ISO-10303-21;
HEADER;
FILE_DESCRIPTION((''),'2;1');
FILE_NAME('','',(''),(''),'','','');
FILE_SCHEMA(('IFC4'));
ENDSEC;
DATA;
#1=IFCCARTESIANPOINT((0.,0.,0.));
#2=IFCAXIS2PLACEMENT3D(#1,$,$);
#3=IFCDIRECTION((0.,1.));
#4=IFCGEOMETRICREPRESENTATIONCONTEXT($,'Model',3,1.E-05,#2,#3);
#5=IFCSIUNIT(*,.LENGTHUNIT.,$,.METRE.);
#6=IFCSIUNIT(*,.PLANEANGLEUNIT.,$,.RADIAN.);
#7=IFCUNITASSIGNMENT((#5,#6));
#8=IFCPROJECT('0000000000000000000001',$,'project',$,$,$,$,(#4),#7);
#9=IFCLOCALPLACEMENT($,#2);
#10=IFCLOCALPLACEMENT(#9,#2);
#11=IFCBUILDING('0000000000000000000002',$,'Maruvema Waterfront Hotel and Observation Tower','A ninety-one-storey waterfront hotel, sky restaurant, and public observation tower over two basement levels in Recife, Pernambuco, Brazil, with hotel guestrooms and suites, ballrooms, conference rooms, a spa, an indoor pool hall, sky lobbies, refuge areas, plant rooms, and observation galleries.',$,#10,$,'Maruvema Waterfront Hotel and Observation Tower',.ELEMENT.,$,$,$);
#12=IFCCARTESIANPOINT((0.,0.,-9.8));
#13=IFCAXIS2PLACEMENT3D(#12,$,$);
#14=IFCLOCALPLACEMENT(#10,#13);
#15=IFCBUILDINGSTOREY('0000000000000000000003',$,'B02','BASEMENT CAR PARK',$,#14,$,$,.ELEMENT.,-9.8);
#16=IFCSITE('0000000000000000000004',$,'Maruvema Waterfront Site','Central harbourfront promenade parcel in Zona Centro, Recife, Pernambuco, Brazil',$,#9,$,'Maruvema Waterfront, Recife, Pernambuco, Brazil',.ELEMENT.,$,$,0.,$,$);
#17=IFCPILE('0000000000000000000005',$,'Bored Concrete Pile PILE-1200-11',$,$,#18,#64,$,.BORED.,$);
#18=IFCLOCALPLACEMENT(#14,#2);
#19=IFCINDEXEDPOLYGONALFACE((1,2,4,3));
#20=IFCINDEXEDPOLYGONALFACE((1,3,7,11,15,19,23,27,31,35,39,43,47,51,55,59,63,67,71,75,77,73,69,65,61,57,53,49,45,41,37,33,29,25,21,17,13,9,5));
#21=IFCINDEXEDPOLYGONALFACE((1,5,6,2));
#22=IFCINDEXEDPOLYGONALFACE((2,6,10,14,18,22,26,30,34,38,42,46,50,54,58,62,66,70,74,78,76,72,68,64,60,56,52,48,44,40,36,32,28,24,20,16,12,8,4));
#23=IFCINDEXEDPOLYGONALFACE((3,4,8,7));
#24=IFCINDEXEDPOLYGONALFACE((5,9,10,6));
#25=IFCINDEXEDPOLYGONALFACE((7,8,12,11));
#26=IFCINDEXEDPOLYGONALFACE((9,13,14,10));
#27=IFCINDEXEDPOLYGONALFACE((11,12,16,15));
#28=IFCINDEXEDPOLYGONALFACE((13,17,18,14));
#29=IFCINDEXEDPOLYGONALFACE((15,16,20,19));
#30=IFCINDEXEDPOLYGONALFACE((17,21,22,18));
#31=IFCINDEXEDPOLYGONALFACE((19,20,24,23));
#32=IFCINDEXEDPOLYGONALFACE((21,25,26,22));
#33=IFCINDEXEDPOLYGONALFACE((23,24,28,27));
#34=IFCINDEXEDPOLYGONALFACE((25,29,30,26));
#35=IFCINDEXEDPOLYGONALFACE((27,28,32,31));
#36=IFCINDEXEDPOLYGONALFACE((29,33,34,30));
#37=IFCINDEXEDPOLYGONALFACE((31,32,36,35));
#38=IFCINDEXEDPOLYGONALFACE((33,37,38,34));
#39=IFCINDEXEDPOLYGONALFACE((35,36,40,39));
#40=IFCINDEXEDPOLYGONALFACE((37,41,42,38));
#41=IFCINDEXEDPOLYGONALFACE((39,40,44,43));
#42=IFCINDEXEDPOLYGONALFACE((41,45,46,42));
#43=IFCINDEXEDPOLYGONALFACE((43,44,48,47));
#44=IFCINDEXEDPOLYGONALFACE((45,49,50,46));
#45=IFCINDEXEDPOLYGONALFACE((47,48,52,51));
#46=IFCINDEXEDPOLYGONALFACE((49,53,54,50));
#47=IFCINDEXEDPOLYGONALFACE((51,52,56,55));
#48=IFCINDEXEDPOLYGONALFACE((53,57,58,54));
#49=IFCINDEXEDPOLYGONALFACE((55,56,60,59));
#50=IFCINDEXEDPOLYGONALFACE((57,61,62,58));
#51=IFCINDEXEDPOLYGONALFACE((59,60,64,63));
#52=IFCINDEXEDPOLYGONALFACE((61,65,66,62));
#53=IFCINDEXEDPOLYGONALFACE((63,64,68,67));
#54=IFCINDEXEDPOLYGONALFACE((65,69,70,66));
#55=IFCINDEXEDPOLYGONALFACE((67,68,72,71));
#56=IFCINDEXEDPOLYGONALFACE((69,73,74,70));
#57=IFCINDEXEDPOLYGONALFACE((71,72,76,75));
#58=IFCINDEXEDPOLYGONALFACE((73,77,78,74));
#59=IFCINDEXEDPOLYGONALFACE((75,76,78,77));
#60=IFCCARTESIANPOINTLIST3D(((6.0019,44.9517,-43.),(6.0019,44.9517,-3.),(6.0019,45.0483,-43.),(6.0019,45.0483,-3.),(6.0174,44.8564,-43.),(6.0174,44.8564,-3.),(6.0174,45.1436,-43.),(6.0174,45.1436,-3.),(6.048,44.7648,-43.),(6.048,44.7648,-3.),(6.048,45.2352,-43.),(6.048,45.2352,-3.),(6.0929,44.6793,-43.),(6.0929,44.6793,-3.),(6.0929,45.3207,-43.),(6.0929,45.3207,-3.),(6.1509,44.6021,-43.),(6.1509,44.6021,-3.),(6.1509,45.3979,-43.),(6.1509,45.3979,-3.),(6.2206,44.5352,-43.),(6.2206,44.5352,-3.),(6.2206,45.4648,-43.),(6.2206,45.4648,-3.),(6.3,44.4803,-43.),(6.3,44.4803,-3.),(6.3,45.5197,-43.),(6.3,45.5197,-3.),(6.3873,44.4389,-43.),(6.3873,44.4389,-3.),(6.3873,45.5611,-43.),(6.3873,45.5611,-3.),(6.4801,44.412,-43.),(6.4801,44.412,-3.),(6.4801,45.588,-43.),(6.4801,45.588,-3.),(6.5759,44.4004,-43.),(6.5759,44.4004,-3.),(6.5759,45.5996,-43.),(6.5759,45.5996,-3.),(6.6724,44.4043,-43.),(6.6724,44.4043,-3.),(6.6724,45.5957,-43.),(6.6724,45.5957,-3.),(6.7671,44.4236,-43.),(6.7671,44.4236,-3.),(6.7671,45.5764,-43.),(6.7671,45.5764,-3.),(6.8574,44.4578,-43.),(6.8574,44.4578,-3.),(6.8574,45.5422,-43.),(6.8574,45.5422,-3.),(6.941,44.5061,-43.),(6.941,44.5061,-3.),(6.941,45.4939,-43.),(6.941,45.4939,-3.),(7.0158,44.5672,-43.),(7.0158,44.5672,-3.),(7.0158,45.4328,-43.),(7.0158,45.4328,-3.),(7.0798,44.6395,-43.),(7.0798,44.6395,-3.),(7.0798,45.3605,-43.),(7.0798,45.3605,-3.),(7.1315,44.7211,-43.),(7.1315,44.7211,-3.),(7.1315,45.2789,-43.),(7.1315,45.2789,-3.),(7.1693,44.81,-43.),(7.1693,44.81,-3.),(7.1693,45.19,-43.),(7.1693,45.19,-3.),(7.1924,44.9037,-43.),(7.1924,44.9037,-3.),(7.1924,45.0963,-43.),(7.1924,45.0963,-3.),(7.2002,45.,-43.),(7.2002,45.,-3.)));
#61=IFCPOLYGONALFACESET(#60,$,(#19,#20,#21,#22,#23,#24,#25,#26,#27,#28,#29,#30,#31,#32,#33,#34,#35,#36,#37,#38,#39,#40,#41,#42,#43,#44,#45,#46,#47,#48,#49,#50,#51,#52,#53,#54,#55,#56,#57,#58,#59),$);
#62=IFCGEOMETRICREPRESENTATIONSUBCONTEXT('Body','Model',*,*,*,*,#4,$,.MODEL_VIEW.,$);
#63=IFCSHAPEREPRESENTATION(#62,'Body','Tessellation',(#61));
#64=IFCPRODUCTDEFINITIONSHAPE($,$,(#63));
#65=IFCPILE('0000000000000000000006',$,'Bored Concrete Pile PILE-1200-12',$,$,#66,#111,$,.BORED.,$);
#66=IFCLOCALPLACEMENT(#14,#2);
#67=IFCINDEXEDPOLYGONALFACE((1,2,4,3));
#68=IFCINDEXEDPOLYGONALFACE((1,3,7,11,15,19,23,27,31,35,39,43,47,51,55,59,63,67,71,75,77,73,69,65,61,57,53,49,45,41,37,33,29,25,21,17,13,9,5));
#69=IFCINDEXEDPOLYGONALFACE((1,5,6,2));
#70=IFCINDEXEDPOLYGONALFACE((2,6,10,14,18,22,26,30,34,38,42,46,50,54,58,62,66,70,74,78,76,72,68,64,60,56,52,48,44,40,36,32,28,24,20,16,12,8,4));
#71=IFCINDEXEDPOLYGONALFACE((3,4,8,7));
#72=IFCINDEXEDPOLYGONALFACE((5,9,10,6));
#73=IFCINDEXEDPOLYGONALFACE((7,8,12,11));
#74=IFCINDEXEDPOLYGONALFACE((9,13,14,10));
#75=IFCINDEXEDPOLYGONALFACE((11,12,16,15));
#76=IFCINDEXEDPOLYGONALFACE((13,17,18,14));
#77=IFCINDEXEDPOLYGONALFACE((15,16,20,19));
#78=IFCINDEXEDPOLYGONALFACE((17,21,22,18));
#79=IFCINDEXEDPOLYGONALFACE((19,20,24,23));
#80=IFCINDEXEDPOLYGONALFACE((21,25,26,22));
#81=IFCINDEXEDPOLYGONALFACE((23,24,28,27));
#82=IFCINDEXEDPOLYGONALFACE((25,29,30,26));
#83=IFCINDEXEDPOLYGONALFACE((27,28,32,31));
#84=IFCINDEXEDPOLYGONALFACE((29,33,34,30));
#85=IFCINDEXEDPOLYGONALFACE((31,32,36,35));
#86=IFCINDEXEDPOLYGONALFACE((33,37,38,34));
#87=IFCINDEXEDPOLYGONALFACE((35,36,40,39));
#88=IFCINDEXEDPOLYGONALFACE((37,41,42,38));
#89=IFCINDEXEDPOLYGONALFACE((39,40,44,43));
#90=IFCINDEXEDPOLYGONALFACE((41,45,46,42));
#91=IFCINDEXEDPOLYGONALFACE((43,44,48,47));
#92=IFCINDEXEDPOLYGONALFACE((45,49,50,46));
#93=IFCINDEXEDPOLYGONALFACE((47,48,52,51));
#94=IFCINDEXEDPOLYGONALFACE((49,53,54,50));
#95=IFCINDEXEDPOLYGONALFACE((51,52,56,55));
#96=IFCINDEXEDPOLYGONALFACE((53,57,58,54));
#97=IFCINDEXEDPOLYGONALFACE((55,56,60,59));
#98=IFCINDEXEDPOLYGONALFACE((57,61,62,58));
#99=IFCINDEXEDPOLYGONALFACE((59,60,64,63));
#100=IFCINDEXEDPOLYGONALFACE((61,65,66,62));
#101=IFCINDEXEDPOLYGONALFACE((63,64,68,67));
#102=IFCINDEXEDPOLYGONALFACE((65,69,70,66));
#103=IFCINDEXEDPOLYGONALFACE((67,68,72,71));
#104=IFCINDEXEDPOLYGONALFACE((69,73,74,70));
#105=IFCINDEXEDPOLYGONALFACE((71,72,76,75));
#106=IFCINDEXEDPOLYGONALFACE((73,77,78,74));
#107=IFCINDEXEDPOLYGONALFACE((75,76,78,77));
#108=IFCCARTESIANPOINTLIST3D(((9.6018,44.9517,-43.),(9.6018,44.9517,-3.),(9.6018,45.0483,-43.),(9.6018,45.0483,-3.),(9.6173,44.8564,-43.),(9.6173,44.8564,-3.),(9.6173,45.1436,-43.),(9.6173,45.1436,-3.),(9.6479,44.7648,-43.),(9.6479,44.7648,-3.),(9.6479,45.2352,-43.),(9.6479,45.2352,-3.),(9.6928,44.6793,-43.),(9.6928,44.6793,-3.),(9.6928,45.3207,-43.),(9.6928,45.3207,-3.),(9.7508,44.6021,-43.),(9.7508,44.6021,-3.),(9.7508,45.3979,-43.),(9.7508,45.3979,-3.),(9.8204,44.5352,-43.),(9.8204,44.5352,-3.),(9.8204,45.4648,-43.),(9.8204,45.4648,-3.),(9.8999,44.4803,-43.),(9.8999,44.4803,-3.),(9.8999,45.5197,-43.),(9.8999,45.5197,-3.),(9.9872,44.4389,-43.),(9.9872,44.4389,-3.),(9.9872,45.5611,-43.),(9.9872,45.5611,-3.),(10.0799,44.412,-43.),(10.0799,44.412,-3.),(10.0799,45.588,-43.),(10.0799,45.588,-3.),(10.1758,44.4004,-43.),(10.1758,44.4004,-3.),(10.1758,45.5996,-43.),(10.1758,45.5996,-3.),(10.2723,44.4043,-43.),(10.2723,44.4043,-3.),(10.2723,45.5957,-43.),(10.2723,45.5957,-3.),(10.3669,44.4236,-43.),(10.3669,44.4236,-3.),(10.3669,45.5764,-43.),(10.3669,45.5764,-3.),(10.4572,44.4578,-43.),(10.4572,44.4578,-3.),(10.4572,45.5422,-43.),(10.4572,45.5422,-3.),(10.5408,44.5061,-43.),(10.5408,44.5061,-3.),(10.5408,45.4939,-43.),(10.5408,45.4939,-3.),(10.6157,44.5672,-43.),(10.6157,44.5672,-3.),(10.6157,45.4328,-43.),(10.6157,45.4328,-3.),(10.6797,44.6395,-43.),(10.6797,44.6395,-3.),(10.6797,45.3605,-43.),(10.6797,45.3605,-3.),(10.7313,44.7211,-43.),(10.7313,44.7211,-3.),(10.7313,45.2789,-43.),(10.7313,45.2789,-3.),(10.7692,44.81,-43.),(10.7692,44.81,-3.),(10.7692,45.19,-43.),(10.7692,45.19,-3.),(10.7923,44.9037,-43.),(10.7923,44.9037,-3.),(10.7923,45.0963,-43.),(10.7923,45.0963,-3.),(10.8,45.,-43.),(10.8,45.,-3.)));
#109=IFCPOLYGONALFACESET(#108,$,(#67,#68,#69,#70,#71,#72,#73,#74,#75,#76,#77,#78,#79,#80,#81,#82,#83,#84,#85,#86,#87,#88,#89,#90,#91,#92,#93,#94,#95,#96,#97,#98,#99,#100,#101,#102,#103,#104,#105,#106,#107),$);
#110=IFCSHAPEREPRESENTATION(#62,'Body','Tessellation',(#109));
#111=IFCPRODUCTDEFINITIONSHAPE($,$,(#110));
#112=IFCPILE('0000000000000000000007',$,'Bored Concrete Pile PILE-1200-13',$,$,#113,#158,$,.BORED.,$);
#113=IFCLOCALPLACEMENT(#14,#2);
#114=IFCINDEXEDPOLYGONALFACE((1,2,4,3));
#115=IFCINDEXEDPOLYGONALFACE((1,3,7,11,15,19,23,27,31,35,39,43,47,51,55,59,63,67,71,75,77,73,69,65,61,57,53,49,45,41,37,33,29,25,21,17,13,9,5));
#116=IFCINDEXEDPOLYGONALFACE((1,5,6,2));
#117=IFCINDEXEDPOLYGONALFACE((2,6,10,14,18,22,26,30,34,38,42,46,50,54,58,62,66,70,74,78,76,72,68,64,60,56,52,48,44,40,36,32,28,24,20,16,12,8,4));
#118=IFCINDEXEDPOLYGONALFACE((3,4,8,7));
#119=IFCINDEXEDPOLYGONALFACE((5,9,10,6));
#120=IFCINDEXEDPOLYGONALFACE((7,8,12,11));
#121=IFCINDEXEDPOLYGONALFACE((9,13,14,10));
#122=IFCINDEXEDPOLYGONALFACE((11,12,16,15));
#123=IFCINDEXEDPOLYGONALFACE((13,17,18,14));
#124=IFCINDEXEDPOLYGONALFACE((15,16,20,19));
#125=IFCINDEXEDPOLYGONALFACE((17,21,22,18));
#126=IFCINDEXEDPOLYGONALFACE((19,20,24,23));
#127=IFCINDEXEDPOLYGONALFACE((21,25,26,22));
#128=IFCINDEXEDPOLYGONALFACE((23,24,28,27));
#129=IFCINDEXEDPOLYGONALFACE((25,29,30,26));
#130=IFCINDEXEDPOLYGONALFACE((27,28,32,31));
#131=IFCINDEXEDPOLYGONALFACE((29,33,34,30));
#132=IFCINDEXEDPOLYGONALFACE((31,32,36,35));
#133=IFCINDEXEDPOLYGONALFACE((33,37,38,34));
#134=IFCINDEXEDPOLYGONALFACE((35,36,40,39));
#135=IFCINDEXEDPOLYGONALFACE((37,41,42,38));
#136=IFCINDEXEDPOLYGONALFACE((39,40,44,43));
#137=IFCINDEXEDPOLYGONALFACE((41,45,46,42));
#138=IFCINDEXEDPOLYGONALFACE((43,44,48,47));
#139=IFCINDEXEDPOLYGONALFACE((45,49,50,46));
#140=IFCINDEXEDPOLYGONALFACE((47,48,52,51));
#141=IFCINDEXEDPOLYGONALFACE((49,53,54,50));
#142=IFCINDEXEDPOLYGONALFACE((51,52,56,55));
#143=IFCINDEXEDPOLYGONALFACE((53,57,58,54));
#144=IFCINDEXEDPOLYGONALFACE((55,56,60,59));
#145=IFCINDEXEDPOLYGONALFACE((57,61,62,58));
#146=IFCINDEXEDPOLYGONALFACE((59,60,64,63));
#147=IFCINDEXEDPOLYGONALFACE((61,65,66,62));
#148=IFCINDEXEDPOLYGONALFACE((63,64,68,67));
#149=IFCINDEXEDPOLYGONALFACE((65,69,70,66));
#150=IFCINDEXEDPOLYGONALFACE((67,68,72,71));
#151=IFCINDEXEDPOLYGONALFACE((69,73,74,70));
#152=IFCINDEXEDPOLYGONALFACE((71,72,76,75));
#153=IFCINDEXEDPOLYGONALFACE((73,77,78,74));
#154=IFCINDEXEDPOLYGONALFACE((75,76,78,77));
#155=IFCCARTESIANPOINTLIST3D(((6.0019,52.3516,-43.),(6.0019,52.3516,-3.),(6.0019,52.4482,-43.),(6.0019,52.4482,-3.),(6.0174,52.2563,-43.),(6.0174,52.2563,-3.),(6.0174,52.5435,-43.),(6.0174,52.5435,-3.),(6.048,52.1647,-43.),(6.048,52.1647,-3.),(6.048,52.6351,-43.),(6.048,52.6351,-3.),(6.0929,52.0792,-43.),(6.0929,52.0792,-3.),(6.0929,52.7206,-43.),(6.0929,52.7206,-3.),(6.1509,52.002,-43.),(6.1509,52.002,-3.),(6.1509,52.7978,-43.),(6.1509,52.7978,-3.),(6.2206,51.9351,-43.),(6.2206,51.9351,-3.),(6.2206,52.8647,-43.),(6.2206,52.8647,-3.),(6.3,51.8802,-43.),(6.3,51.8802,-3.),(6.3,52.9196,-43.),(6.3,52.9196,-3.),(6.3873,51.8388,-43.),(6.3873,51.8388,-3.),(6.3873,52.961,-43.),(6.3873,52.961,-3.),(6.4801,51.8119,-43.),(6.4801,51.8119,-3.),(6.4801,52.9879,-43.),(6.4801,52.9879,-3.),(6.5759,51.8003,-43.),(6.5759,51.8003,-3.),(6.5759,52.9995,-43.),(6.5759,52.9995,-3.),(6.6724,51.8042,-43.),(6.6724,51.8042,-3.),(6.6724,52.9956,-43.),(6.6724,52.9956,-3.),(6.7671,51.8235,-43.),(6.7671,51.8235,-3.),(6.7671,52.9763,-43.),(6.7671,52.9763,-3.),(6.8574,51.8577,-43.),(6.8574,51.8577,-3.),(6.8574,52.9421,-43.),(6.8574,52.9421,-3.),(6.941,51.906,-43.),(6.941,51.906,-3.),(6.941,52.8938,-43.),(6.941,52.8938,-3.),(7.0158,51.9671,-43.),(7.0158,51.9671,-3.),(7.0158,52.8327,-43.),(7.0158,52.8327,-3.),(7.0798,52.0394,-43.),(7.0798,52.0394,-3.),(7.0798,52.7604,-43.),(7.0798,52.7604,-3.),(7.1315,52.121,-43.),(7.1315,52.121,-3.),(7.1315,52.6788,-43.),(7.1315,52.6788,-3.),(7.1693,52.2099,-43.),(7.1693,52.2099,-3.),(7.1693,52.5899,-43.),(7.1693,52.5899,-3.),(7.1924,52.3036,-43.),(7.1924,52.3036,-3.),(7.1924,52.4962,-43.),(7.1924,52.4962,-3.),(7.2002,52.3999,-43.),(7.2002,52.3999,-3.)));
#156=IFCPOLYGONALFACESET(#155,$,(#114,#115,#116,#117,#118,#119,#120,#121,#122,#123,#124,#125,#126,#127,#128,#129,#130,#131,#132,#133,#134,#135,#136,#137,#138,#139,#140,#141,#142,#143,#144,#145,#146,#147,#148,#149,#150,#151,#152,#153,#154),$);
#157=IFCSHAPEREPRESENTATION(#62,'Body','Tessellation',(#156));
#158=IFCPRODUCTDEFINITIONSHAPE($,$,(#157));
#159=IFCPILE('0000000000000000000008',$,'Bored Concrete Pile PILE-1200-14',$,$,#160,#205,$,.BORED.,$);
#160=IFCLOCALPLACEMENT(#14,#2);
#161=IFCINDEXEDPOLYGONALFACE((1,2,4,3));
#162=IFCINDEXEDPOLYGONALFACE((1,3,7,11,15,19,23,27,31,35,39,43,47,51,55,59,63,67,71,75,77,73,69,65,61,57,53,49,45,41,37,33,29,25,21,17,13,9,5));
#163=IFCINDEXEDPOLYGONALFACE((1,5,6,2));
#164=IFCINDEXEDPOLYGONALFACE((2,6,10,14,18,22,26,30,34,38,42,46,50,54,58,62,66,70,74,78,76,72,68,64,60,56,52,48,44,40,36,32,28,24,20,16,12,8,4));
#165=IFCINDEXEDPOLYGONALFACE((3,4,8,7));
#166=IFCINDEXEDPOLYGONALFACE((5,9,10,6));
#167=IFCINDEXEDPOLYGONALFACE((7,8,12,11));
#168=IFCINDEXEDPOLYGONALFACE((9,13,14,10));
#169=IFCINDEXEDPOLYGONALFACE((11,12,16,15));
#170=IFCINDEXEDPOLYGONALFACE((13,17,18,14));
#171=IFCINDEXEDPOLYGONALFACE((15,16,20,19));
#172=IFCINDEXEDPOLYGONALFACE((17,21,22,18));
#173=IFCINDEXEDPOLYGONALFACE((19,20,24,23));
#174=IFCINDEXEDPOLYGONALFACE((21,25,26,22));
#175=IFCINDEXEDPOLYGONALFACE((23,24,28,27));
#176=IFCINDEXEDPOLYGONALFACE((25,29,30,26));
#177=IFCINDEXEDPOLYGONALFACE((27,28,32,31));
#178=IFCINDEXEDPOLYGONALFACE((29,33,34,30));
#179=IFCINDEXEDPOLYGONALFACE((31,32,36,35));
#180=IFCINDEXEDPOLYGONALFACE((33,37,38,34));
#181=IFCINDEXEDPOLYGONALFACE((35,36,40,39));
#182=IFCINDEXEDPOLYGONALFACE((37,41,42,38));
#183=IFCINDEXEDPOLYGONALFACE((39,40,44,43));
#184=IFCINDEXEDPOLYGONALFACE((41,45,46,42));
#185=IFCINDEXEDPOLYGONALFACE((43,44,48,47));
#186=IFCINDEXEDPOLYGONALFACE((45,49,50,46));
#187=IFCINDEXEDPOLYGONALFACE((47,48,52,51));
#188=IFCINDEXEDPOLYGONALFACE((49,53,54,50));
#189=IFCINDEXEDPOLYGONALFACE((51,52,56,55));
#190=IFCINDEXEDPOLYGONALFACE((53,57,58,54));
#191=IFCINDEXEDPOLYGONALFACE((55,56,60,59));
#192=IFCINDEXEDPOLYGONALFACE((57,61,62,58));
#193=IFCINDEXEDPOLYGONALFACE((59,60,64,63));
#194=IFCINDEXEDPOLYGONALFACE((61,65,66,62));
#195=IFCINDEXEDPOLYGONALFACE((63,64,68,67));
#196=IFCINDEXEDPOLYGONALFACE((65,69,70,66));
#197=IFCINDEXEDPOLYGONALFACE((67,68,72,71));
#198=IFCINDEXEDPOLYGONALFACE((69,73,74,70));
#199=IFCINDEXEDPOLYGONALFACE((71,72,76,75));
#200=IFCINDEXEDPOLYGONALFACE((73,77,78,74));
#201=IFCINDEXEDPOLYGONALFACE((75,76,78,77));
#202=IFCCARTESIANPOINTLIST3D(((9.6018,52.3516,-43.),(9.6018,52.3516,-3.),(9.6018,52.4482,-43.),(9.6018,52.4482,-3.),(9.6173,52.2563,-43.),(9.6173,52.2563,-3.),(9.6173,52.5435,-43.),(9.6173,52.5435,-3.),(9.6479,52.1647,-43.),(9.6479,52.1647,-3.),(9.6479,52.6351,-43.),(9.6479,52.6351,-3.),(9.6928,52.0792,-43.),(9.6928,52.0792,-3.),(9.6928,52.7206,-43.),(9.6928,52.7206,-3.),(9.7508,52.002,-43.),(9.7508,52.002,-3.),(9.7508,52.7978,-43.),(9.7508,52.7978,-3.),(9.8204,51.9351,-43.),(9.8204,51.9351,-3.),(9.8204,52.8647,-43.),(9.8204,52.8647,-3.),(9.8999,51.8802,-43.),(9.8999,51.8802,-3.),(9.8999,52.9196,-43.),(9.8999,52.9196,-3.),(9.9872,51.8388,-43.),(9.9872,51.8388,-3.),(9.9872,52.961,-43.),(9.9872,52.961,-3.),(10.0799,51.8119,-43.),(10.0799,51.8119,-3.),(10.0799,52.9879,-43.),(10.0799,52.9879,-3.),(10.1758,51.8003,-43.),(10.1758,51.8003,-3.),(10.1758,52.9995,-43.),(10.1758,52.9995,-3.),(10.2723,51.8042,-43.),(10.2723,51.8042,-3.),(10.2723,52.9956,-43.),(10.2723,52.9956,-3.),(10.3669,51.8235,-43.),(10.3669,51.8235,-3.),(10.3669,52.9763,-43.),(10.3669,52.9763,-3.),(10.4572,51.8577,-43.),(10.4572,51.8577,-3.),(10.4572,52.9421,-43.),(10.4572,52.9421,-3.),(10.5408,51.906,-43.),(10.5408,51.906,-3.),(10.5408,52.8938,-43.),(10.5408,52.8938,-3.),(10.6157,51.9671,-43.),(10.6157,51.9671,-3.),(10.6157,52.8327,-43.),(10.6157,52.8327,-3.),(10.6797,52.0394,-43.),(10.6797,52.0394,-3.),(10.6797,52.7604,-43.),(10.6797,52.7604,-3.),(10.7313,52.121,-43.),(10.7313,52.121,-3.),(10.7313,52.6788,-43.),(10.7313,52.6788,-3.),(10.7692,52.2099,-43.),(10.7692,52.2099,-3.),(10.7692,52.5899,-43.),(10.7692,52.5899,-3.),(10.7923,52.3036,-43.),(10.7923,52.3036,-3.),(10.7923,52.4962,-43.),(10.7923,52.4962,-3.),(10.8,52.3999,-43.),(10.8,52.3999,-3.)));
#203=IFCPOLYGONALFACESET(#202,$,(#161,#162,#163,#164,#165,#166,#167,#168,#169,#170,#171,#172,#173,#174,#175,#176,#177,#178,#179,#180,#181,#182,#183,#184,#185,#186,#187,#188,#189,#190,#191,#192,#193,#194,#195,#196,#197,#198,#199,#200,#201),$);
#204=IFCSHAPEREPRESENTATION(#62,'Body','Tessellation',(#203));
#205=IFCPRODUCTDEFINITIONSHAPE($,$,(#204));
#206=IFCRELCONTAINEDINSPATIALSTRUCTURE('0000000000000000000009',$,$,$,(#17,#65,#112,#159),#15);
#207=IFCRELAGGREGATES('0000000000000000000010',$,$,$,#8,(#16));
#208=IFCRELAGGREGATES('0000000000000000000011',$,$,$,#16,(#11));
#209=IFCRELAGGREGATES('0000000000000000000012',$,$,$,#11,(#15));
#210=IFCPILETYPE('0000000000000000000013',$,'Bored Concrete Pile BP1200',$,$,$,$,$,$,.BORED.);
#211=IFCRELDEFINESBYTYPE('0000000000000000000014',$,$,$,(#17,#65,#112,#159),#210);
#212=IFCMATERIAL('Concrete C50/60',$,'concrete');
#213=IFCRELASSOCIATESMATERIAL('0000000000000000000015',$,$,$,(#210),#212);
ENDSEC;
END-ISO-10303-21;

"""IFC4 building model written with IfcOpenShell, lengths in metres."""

from ifc_helpers import new_model, si_unit, direction, frame, origin, origin_2d, place, context, subcontext, project, spatial, circle, extrude, material, material_profile, profile_set, type_object, element, save


model = new_model("IFC4")

# Units and contexts
model_context = context("Model", 3, precision=1e-05, world=origin(), true_north=direction((0.0, 1.0)))
body_context = subcontext(model_context, "Body", "Model", "MODEL_VIEW")
ifc_project = project(units=[si_unit("LENGTHUNIT", "METRE"), si_unit("PLANEANGLEUNIT", "RADIAN")], contexts=[model_context])

# Site, building, storey
site_placement = place(None, origin())
site = spatial("IfcSite", under=ifc_project, at=site_placement, Name="Maruvema Waterfront Site", Description="Central harbourfront promenade parcel in Zona Centro, Recife, Pernambuco, Brazil", LongName="Maruvema Waterfront, Recife, Pernambuco, Brazil", CompositionType="ELEMENT", RefElevation=0.0)
building_placement = place(site_placement, origin())
building = spatial("IfcBuilding", under=site, at=building_placement, Name="Maruvema Waterfront Hotel and Observation Tower", Description="A ninety-one-storey waterfront hotel, sky restaurant, and public observation tower over two basement levels in Recife, Pernambuco, Brazil, with hotel guestrooms and suites, ballrooms, conference rooms, a spa, an indoor pool hall, sky lobbies, refuge areas, plant rooms, and observation galleries.", LongName="Maruvema Waterfront Hotel and Observation Tower", CompositionType="ELEMENT")
storey_placement = place(building_placement, frame((0.0, 0.0, -9.8)))
storey = spatial("IfcBuildingStorey", under=building, at=storey_placement, Name="B02", Description="BASEMENT CAR PARK", CompositionType="ELEMENT", Elevation=-9.8)

# Piles
ifc_material_1 = material(Name="Concrete C50/60", Category="concrete")
ifc_material_profile_1 = material_profile(ifc_material_1, circle(Radius=0.6001, at=origin_2d()), Name="BP1200")
ifc_profile_set_1 = profile_set([ifc_material_profile_1], Name="Concrete C50/60")
pile_type = type_object("IfcPileType", Name="Bored Concrete Pile BP1200", PredefinedType="BORED", material=ifc_profile_set_1)
for number, where, z_axis, x_axis, name in (
    (1, (6.6001, 45.0, -3.0), (0.0, 0.0, -1.0), (1.0, 0.0, 0.0), "Bored Concrete Pile PILE-1200-11"),
    (2, (10.2, 45.0, -3.0), (0.0, 0.0, -1.0), (1.0, 0.0, 0.0), "Bored Concrete Pile PILE-1200-12"),
    (3, (6.6001, 52.3999, -3.0), (0.0, 0.0, -1.0), (1.0, 0.0, 0.0), "Bored Concrete Pile PILE-1200-13"),
    (4, (10.2, 52.3999, -3.0), (0.0, 0.0, -1.0), (1.0, 0.0, 0.0), "Bored Concrete Pile PILE-1200-14"),
):
    element("IfcPile", number, at=place(storey_placement, frame(where, z_axis=z_axis, x_axis=x_axis)), inside=storey, type_object=pile_type, Name=name, PredefinedType="BORED", context=body_context, shape_type="SweptSolid", body=[
        extrude(circle(Radius=0.6001, at=origin_2d()), origin(), (0.0, 0.0, 1.0), 40.0),
    ])

save(model, "model.ifc")
